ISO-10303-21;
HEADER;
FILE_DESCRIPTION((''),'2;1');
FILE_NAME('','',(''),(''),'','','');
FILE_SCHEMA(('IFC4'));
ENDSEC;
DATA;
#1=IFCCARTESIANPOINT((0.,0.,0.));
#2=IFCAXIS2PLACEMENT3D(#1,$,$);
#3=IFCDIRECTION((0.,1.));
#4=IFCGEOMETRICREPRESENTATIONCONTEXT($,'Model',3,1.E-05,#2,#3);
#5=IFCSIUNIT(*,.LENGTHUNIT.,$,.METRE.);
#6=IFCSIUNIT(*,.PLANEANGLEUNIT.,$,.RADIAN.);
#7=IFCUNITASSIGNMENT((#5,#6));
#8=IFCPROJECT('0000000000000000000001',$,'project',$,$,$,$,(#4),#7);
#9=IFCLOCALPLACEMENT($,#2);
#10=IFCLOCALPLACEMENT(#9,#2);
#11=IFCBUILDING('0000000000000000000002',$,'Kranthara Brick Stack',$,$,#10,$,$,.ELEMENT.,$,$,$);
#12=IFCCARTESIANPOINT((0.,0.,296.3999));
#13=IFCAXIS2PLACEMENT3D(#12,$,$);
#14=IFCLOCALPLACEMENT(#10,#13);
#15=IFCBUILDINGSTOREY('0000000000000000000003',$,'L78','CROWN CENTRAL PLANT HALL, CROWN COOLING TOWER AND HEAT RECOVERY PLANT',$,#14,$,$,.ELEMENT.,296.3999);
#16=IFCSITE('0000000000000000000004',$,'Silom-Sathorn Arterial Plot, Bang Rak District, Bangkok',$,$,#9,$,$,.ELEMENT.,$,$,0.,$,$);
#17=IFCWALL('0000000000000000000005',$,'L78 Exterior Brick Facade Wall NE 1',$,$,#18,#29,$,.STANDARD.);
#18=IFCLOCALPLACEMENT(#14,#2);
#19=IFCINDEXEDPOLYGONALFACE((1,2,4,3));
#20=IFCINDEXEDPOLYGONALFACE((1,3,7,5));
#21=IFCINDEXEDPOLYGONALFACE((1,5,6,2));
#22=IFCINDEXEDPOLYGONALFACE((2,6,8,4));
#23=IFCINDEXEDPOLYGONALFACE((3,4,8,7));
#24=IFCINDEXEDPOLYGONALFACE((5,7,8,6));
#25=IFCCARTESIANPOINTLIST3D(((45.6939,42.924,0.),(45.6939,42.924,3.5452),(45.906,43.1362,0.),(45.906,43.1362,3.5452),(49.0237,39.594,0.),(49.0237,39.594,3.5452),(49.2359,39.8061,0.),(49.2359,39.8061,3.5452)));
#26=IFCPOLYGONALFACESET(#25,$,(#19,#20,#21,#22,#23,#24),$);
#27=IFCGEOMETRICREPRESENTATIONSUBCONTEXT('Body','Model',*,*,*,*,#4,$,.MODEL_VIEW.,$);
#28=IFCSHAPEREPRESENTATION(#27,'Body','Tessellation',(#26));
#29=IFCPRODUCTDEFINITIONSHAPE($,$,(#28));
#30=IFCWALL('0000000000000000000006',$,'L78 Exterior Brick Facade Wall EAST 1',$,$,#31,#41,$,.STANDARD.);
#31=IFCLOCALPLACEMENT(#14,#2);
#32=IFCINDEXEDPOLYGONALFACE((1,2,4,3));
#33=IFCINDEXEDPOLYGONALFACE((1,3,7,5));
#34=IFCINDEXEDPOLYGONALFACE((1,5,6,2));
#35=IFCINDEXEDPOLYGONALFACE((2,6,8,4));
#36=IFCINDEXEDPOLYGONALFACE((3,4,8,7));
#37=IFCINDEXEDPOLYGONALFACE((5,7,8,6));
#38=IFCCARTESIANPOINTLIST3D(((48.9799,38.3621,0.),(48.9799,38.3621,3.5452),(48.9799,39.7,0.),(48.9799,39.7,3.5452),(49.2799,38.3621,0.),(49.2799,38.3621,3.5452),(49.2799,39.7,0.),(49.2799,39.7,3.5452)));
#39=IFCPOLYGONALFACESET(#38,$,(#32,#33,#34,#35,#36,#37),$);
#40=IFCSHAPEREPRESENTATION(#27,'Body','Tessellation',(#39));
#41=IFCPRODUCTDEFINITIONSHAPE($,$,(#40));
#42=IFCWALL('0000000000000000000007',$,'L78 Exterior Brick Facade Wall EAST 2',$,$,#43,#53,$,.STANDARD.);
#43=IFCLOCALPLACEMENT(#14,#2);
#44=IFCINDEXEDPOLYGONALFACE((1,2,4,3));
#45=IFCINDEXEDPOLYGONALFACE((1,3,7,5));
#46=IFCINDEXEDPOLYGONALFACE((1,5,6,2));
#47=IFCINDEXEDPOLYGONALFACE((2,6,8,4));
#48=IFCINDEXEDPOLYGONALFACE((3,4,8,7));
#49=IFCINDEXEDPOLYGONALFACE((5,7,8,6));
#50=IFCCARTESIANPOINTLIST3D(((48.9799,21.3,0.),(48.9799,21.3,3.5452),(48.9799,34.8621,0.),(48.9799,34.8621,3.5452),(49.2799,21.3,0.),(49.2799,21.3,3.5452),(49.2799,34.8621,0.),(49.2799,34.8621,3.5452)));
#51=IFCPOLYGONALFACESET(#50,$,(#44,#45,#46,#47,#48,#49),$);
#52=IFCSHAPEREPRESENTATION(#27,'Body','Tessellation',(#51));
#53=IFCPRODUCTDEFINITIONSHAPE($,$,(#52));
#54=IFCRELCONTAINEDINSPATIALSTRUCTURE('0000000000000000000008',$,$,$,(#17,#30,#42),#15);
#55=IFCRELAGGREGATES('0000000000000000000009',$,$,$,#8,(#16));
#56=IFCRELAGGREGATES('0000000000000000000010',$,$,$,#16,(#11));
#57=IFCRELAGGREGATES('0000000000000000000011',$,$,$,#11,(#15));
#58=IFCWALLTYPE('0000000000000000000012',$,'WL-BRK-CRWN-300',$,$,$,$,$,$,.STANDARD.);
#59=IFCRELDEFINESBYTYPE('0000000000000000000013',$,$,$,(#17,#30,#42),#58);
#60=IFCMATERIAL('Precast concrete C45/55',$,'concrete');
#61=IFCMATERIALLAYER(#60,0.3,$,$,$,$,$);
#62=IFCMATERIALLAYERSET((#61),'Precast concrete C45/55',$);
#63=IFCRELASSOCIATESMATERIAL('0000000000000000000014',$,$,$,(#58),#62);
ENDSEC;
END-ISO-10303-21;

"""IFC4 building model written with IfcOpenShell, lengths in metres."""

from ifc_helpers import new_model, si_unit, direction, frame, frame_2d, origin, place, context, subcontext, project, spatial, rectangle, extrude, material, layer, layer_set, type_object, element, save


model = new_model("IFC4")

# Units and contexts
model_context = context("Model", 3, precision=1e-05, world=origin(), true_north=direction((0.0, 1.0)))
body_context = subcontext(model_context, "Body", "Model", "MODEL_VIEW")
ifc_project = project(units=[si_unit("LENGTHUNIT", "METRE"), si_unit("PLANEANGLEUNIT", "RADIAN")], contexts=[model_context])

# Site, building, storey
site_placement = place(None, origin())
site = spatial("IfcSite", under=ifc_project, at=site_placement, Name="Silom-Sathorn Arterial Plot, Bang Rak District, Bangkok", CompositionType="ELEMENT", RefElevation=0.0)
building_placement = place(site_placement, origin())
building = spatial("IfcBuilding", under=site, at=building_placement, Name="Kranthara Brick Stack", CompositionType="ELEMENT")
storey_placement = place(building_placement, frame((0.0, 0.0, 296.3999)))
storey = spatial("IfcBuildingStorey", under=building, at=storey_placement, Name="L78", Description="CROWN CENTRAL PLANT HALL, CROWN COOLING TOWER AND HEAT RECOVERY PLANT", CompositionType="ELEMENT", Elevation=296.3999)

# Walls
ifc_material_1 = material(Name="Precast concrete C45/55", Category="concrete")
ifc_layer_1 = layer(ifc_material_1, 0.3)
ifc_layer_set_1 = layer_set([ifc_layer_1], Name="Precast concrete C45/55")
wall_type = type_object("IfcWallType", Name="WL-BRK-CRWN-300", PredefinedType="STANDARD", material=ifc_layer_set_1)
wall_1_placement = place(storey_placement, frame((45.8, 43.03, 0.0), z_axis=(0.0, 0.0, 1.0), x_axis=(0.707081, -0.707133, 0.0)))
element("IfcWall", 1, at=wall_1_placement, inside=storey, type_object=wall_type, Name="L78 Exterior Brick Facade Wall NE 1", PredefinedType="STANDARD", context=body_context, shape_type="SweptSolid", body=[
    extrude(rectangle(XDim=4.7092, YDim=0.3, at=frame_2d((2.3545, 0.0))), origin(), (0.0, 0.0, 1.0), 3.5452),
])
wall_2_placement = place(storey_placement, frame((49.1299, 39.7, 0.0), z_axis=(0.0, 0.0, 1.0), x_axis=(0.0, -1.0, 0.0)))
element("IfcWall", 2, at=wall_2_placement, inside=storey, type_object=wall_type, Name="L78 Exterior Brick Facade Wall EAST 1", PredefinedType="STANDARD", context=body_context, shape_type="SweptSolid", body=[
    extrude(rectangle(XDim=1.3379, YDim=0.3, at=frame_2d((0.6689, 0.0))), origin(), (0.0, 0.0, 1.0), 3.5452),
])
wall_3_placement = place(storey_placement, frame((49.1299, 34.8621, 0.0), z_axis=(0.0, 0.0, 1.0), x_axis=(0.0, -1.0, 0.0)))
element("IfcWall", 3, at=wall_3_placement, inside=storey, type_object=wall_type, Name="L78 Exterior Brick Facade Wall EAST 2", PredefinedType="STANDARD", context=body_context, shape_type="SweptSolid", body=[
    extrude(rectangle(XDim=13.562, YDim=0.3, at=frame_2d((6.781, 0.0))), origin(), (0.0, 0.0, 1.0), 3.5452),
])

save(model, "model.ifc")
